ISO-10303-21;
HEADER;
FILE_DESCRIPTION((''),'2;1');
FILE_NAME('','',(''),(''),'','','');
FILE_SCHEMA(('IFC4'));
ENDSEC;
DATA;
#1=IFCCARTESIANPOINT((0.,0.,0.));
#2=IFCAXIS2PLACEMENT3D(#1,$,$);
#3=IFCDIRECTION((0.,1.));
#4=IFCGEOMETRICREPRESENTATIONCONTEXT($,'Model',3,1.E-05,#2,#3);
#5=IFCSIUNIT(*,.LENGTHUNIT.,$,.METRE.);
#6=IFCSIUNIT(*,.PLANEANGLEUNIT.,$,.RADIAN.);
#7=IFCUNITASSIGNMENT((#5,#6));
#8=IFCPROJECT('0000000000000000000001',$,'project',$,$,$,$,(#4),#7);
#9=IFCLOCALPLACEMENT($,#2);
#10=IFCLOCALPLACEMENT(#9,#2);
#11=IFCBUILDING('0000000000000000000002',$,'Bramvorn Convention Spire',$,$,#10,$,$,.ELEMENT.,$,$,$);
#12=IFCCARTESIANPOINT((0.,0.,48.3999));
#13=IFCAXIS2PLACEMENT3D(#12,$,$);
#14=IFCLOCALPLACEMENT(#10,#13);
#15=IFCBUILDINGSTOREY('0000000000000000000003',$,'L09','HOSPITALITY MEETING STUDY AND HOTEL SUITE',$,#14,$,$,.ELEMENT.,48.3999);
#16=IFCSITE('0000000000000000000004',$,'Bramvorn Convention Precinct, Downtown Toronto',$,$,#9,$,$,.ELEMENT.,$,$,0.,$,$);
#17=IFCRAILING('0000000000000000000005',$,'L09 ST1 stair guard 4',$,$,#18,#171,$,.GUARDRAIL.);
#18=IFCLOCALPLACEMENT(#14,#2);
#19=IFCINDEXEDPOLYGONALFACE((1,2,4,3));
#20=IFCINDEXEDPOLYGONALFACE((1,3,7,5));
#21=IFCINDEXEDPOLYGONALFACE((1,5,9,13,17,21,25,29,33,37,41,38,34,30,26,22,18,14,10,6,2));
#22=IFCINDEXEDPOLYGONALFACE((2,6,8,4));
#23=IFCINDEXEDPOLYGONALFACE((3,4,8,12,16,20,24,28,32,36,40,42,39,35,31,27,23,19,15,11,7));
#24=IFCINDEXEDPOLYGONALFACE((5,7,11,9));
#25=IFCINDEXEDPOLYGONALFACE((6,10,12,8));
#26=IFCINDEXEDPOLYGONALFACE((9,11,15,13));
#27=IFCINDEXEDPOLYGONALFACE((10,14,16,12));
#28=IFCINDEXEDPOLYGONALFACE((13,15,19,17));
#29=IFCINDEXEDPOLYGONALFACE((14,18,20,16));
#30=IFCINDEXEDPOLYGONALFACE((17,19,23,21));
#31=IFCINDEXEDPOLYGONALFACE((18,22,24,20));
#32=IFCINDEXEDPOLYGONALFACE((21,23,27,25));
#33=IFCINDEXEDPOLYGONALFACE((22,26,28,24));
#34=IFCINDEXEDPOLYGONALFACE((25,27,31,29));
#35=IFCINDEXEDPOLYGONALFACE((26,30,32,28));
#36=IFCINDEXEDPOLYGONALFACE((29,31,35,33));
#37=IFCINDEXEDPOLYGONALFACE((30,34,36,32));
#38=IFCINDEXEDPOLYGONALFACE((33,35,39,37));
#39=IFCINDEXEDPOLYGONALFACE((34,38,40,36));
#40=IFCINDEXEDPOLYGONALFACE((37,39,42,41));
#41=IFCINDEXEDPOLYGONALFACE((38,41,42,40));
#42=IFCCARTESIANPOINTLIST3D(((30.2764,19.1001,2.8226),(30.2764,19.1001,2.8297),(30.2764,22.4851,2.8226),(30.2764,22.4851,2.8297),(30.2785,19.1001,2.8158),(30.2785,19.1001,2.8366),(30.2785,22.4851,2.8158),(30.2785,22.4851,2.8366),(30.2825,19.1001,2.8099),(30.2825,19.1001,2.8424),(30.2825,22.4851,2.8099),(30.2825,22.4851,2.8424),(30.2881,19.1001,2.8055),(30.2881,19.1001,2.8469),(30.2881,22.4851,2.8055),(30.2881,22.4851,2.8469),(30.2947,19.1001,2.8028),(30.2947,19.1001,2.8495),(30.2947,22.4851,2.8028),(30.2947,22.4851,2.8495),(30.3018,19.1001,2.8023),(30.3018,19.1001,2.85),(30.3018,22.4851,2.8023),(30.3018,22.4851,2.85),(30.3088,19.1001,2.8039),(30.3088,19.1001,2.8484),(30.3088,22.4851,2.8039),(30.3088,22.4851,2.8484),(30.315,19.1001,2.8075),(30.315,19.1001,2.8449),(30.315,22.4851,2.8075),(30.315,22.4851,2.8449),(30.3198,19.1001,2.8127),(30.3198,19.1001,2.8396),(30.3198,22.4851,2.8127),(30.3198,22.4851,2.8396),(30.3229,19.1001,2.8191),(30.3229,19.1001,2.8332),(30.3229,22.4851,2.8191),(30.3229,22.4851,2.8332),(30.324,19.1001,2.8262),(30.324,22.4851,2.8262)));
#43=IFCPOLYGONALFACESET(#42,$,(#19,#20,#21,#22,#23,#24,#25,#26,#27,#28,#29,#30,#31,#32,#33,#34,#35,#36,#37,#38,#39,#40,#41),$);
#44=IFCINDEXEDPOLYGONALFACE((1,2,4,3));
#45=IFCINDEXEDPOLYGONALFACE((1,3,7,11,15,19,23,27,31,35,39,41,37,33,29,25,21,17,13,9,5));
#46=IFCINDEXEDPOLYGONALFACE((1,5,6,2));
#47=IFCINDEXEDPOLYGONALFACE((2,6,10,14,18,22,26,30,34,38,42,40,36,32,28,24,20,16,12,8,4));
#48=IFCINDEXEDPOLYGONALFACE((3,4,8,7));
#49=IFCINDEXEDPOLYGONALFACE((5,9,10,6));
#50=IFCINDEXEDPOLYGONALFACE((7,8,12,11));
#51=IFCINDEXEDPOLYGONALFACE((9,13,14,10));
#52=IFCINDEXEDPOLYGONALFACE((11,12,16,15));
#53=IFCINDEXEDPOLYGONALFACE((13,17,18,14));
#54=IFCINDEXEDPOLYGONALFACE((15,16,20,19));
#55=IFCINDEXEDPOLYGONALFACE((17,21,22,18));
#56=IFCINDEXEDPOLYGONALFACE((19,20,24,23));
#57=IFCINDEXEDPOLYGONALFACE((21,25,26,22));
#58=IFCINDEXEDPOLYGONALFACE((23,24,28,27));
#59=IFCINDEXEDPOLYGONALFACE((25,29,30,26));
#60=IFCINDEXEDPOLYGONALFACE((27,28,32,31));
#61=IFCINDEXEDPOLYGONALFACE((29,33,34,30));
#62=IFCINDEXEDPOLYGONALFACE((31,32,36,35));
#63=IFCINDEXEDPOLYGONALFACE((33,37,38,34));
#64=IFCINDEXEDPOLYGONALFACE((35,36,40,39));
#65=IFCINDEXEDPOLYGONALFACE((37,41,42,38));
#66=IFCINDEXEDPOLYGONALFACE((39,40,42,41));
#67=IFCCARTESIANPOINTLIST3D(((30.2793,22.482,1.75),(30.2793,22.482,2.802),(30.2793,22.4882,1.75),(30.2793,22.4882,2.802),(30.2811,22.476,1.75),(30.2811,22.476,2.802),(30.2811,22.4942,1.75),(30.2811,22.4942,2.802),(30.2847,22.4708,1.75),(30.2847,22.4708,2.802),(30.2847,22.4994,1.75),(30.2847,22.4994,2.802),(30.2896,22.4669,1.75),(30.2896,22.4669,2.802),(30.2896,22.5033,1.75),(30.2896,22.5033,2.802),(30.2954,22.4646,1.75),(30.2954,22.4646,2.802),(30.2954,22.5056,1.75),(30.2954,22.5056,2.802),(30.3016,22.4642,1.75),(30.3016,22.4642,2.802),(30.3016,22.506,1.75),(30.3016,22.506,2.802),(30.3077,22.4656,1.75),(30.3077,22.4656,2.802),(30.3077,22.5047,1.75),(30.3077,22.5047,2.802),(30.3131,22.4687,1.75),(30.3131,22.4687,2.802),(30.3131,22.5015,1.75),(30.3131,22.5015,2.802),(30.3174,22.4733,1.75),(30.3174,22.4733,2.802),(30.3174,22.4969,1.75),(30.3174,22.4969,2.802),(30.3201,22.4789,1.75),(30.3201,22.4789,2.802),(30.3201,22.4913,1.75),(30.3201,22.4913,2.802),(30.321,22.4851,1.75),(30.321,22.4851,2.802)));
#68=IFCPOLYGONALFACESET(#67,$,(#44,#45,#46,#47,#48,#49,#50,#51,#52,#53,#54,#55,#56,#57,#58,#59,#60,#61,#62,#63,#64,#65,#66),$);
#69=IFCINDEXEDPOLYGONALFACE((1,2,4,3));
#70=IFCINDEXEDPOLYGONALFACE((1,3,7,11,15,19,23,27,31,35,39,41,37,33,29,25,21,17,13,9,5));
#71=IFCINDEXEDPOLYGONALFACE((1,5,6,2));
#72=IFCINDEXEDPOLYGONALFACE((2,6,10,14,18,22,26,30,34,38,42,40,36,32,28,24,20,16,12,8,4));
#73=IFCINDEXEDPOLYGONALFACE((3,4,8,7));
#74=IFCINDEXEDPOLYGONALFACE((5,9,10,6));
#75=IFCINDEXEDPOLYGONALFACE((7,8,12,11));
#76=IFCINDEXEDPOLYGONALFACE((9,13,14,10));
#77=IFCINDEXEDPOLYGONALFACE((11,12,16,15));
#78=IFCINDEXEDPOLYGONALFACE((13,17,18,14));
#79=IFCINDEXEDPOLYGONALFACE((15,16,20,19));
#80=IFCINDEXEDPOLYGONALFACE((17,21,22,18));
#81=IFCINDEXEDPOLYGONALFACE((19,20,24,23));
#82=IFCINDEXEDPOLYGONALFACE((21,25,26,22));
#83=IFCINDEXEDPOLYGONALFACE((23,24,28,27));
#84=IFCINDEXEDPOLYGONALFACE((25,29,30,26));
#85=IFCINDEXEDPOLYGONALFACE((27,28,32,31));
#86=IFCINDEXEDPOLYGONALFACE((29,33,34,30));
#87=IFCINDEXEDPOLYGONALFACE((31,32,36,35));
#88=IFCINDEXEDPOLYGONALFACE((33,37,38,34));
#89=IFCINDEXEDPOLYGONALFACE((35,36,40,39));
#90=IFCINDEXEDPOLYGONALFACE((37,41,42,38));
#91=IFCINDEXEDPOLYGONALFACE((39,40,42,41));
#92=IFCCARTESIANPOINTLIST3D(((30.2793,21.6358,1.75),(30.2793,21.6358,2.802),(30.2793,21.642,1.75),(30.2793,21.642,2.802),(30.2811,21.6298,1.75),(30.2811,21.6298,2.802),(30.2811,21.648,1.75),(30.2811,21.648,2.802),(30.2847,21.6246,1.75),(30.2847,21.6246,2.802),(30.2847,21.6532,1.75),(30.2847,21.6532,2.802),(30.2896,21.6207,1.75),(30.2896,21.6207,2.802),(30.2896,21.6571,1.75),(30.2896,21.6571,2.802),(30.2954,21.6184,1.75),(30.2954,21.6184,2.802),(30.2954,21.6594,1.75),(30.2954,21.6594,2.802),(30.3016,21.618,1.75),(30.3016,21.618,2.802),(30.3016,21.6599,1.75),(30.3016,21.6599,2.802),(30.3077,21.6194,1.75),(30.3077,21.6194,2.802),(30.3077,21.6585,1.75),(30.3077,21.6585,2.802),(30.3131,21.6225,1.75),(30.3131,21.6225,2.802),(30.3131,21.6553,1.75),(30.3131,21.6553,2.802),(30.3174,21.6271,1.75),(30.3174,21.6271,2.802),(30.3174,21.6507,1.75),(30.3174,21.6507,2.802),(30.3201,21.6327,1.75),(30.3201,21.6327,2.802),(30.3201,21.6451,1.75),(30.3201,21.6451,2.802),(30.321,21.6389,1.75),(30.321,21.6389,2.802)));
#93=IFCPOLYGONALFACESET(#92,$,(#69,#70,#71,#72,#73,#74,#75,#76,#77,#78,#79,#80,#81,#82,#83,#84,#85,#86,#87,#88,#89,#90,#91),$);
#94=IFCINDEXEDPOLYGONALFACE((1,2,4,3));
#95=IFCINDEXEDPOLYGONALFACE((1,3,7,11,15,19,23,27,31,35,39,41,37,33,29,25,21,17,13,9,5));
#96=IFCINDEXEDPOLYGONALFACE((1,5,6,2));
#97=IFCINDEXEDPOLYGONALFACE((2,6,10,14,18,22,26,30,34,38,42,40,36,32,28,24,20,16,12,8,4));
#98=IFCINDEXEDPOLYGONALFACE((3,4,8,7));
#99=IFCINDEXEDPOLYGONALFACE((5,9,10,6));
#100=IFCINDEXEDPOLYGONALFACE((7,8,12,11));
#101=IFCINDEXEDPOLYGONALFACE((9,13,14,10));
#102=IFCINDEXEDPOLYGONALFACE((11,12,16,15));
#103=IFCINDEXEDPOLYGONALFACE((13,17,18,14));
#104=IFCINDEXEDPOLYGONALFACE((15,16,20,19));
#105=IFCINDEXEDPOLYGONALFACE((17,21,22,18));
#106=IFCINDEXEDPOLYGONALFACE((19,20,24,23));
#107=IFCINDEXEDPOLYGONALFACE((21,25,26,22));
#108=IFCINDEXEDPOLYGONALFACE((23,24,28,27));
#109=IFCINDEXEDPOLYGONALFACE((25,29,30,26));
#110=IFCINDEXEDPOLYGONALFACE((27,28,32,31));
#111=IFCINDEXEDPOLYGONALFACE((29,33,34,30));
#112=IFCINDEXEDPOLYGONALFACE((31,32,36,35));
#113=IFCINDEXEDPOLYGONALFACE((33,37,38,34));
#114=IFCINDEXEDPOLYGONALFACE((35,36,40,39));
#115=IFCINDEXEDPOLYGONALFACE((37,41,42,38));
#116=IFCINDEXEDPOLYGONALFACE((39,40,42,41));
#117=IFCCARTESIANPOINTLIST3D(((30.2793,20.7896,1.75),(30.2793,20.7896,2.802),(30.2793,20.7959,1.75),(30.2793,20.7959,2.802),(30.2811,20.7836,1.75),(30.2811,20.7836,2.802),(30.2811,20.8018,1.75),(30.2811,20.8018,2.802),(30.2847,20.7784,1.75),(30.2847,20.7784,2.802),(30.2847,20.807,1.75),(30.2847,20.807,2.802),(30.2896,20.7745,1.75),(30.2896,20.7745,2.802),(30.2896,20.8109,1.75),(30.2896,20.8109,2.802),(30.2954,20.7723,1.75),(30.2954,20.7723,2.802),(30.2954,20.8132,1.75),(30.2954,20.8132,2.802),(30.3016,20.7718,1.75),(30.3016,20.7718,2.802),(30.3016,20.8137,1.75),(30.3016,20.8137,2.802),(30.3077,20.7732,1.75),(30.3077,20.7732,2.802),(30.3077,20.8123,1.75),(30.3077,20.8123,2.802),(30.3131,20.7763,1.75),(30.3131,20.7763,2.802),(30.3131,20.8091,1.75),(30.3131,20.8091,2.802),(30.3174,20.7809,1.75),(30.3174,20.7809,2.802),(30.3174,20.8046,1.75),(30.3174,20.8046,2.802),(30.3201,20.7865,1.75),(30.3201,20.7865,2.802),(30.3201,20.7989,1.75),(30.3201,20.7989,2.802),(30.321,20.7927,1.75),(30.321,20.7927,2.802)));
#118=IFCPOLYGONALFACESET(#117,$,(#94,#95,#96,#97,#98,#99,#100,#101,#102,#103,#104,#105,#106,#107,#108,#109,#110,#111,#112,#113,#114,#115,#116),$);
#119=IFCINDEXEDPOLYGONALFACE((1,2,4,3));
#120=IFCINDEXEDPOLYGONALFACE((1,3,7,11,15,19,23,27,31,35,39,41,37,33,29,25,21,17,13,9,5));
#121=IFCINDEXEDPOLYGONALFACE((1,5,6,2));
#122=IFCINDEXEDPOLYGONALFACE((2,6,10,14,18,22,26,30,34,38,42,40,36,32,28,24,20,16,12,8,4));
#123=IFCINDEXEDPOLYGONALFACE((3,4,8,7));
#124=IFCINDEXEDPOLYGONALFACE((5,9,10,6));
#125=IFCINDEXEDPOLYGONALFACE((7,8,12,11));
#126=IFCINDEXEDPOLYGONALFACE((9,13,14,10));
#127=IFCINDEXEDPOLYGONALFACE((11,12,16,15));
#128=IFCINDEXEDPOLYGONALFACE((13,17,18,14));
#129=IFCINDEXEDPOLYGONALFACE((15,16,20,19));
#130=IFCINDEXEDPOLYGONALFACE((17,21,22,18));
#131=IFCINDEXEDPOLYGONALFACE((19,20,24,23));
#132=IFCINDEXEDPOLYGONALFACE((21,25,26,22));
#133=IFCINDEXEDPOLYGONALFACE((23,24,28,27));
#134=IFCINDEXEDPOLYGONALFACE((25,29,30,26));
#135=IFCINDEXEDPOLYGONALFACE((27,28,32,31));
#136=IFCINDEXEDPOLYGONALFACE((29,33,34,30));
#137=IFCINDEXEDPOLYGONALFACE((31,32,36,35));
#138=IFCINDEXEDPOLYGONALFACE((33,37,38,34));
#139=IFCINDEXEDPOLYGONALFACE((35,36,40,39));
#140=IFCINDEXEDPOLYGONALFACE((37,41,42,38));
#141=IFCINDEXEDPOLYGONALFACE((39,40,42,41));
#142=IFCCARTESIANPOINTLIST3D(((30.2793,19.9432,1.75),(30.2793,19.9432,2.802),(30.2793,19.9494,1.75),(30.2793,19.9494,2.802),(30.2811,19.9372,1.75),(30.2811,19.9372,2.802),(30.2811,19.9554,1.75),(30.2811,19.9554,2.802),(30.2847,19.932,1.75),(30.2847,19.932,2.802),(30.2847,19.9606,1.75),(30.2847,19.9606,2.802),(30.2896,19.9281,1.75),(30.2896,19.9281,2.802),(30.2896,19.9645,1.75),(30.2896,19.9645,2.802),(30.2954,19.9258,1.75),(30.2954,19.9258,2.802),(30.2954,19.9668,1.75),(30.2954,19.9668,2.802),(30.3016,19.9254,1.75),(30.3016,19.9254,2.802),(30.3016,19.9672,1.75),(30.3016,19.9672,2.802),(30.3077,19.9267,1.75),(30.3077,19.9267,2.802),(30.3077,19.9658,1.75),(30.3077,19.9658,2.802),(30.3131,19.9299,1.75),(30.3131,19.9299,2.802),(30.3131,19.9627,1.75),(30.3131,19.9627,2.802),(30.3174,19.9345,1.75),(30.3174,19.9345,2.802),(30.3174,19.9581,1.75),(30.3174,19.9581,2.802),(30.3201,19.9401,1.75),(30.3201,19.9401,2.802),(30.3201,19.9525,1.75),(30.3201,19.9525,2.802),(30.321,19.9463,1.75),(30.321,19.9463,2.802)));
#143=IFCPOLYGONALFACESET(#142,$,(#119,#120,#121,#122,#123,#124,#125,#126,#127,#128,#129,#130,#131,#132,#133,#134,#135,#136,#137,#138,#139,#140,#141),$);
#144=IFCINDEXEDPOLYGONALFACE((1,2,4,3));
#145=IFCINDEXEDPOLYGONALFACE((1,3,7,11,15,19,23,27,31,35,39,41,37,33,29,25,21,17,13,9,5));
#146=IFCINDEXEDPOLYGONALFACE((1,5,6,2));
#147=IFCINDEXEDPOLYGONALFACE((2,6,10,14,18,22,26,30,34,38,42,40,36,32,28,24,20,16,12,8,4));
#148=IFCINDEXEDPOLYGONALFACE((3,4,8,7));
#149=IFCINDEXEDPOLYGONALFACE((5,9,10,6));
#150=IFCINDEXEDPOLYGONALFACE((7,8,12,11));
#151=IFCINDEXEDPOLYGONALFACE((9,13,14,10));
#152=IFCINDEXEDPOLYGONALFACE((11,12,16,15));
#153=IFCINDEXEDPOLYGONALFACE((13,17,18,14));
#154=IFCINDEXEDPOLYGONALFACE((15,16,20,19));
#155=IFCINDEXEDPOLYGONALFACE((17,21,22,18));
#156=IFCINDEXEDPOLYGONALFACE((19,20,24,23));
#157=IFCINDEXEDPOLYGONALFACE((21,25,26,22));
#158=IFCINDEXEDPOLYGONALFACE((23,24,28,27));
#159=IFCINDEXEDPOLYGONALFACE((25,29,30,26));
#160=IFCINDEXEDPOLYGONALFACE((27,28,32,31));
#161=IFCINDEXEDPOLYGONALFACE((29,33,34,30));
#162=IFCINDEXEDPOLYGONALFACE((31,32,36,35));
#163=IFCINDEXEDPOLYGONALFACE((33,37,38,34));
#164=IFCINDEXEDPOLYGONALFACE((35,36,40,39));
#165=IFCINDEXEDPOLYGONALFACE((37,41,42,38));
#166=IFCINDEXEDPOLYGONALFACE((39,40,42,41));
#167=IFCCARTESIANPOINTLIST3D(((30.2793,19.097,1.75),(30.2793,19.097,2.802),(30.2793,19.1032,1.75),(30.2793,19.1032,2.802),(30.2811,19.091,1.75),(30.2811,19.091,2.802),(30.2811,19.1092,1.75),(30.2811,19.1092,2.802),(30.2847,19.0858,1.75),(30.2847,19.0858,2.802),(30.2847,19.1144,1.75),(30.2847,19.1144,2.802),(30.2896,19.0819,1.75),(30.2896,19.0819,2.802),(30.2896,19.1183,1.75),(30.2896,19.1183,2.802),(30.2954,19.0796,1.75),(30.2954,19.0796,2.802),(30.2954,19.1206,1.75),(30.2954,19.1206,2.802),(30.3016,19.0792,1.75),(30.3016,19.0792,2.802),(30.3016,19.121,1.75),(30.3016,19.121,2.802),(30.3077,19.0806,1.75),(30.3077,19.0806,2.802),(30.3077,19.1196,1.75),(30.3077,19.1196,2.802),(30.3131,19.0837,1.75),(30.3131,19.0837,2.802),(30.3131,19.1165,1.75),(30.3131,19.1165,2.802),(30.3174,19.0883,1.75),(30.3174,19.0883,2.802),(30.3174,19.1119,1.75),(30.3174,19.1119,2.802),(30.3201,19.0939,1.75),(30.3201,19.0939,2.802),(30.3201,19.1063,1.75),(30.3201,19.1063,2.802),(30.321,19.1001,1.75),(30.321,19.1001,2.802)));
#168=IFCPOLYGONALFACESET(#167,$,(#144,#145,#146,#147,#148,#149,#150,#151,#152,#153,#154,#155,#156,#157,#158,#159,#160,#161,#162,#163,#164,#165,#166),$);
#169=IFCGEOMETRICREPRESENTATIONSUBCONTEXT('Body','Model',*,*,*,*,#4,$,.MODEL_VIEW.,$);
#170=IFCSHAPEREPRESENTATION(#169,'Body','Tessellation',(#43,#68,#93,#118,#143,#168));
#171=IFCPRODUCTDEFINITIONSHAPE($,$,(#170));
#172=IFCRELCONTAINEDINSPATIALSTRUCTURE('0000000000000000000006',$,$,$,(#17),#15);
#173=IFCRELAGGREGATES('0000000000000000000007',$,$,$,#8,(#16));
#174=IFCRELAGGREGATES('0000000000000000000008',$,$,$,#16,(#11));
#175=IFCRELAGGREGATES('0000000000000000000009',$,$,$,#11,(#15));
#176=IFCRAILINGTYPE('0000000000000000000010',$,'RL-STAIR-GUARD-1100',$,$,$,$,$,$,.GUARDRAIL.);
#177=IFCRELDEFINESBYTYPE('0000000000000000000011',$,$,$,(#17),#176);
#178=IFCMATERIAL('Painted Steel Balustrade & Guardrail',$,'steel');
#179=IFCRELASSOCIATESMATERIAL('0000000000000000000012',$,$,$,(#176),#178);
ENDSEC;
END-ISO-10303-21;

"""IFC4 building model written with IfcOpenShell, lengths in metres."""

from ifc_helpers import new_model, si_unit, direction, frame, origin, origin_2d, place, context, subcontext, project, spatial, circle, extrude, material, type_object, element, save


model = new_model("IFC4")

# Units and contexts
model_context = context("Model", 3, precision=1e-05, world=origin(), true_north=direction((0.0, 1.0)))
body_context = subcontext(model_context, "Body", "Model", "MODEL_VIEW")
ifc_project = project(units=[si_unit("LENGTHUNIT", "METRE"), si_unit("PLANEANGLEUNIT", "RADIAN")], contexts=[model_context])

# Site, building, storey
site_placement = place(None, origin())
site = spatial("IfcSite", under=ifc_project, at=site_placement, Name="Bramvorn Convention Precinct, Downtown Toronto", CompositionType="ELEMENT", RefElevation=0.0)
building_placement = place(site_placement, origin())
building = spatial("IfcBuilding", under=site, at=building_placement, Name="Bramvorn Convention Spire", CompositionType="ELEMENT")
storey_placement = place(building_placement, frame((0.0, 0.0, 48.3999)))
storey = spatial("IfcBuildingStorey", under=building, at=storey_placement, Name="L09", Description="HOSPITALITY MEETING STUDY AND HOTEL SUITE", CompositionType="ELEMENT", Elevation=48.3999)

# Railing
ifc_material_1 = material(Name="Painted Steel Balustrade & Guardrail", Category="steel")
railing_type_1 = type_object("IfcRailingType", Name="RL-STAIR-GUARD-1100", PredefinedType="GUARDRAIL", material=ifc_material_1)
for number, where, name in (
    (1, (30.3, 22.4851, 1.75), "L09 ST1 stair guard 4"),
):
    element("IfcRailing", number, at=place(storey_placement, frame(where)), inside=storey, type_object=railing_type_1, Name=name, PredefinedType="GUARDRAIL", context=body_context, shape_type="SweptSolid", body=[
        extrude(circle(Radius=0.0239, at=origin_2d()), frame((0.0, 0.0, 1.0762), z_axis=(0.0, -1.0, 0.0), x_axis=(1.0, 0.0, 0.0)), (0.0, 0.0, 1.0), 3.385),
        extrude(circle(Radius=0.021, at=origin_2d()), origin(), (0.0, 0.0, 1.0), 1.052),
        extrude(circle(Radius=0.021, at=origin_2d()), frame((0.0, -0.8462, 0.0)), (0.0, 0.0, 1.0), 1.052),
        extrude(circle(Radius=0.021, at=origin_2d()), frame((0.0, -1.6924, 0.0)), (0.0, 0.0, 1.0), 1.052),
        extrude(circle(Radius=0.021, at=origin_2d()), frame((0.0, -2.5388, 0.0)), (0.0, 0.0, 1.0), 1.052),
        extrude(circle(Radius=0.021, at=origin_2d()), frame((0.0, -3.385, 0.0)), (0.0, 0.0, 1.0), 1.052),
    ])

save(model, "model.ifc")
